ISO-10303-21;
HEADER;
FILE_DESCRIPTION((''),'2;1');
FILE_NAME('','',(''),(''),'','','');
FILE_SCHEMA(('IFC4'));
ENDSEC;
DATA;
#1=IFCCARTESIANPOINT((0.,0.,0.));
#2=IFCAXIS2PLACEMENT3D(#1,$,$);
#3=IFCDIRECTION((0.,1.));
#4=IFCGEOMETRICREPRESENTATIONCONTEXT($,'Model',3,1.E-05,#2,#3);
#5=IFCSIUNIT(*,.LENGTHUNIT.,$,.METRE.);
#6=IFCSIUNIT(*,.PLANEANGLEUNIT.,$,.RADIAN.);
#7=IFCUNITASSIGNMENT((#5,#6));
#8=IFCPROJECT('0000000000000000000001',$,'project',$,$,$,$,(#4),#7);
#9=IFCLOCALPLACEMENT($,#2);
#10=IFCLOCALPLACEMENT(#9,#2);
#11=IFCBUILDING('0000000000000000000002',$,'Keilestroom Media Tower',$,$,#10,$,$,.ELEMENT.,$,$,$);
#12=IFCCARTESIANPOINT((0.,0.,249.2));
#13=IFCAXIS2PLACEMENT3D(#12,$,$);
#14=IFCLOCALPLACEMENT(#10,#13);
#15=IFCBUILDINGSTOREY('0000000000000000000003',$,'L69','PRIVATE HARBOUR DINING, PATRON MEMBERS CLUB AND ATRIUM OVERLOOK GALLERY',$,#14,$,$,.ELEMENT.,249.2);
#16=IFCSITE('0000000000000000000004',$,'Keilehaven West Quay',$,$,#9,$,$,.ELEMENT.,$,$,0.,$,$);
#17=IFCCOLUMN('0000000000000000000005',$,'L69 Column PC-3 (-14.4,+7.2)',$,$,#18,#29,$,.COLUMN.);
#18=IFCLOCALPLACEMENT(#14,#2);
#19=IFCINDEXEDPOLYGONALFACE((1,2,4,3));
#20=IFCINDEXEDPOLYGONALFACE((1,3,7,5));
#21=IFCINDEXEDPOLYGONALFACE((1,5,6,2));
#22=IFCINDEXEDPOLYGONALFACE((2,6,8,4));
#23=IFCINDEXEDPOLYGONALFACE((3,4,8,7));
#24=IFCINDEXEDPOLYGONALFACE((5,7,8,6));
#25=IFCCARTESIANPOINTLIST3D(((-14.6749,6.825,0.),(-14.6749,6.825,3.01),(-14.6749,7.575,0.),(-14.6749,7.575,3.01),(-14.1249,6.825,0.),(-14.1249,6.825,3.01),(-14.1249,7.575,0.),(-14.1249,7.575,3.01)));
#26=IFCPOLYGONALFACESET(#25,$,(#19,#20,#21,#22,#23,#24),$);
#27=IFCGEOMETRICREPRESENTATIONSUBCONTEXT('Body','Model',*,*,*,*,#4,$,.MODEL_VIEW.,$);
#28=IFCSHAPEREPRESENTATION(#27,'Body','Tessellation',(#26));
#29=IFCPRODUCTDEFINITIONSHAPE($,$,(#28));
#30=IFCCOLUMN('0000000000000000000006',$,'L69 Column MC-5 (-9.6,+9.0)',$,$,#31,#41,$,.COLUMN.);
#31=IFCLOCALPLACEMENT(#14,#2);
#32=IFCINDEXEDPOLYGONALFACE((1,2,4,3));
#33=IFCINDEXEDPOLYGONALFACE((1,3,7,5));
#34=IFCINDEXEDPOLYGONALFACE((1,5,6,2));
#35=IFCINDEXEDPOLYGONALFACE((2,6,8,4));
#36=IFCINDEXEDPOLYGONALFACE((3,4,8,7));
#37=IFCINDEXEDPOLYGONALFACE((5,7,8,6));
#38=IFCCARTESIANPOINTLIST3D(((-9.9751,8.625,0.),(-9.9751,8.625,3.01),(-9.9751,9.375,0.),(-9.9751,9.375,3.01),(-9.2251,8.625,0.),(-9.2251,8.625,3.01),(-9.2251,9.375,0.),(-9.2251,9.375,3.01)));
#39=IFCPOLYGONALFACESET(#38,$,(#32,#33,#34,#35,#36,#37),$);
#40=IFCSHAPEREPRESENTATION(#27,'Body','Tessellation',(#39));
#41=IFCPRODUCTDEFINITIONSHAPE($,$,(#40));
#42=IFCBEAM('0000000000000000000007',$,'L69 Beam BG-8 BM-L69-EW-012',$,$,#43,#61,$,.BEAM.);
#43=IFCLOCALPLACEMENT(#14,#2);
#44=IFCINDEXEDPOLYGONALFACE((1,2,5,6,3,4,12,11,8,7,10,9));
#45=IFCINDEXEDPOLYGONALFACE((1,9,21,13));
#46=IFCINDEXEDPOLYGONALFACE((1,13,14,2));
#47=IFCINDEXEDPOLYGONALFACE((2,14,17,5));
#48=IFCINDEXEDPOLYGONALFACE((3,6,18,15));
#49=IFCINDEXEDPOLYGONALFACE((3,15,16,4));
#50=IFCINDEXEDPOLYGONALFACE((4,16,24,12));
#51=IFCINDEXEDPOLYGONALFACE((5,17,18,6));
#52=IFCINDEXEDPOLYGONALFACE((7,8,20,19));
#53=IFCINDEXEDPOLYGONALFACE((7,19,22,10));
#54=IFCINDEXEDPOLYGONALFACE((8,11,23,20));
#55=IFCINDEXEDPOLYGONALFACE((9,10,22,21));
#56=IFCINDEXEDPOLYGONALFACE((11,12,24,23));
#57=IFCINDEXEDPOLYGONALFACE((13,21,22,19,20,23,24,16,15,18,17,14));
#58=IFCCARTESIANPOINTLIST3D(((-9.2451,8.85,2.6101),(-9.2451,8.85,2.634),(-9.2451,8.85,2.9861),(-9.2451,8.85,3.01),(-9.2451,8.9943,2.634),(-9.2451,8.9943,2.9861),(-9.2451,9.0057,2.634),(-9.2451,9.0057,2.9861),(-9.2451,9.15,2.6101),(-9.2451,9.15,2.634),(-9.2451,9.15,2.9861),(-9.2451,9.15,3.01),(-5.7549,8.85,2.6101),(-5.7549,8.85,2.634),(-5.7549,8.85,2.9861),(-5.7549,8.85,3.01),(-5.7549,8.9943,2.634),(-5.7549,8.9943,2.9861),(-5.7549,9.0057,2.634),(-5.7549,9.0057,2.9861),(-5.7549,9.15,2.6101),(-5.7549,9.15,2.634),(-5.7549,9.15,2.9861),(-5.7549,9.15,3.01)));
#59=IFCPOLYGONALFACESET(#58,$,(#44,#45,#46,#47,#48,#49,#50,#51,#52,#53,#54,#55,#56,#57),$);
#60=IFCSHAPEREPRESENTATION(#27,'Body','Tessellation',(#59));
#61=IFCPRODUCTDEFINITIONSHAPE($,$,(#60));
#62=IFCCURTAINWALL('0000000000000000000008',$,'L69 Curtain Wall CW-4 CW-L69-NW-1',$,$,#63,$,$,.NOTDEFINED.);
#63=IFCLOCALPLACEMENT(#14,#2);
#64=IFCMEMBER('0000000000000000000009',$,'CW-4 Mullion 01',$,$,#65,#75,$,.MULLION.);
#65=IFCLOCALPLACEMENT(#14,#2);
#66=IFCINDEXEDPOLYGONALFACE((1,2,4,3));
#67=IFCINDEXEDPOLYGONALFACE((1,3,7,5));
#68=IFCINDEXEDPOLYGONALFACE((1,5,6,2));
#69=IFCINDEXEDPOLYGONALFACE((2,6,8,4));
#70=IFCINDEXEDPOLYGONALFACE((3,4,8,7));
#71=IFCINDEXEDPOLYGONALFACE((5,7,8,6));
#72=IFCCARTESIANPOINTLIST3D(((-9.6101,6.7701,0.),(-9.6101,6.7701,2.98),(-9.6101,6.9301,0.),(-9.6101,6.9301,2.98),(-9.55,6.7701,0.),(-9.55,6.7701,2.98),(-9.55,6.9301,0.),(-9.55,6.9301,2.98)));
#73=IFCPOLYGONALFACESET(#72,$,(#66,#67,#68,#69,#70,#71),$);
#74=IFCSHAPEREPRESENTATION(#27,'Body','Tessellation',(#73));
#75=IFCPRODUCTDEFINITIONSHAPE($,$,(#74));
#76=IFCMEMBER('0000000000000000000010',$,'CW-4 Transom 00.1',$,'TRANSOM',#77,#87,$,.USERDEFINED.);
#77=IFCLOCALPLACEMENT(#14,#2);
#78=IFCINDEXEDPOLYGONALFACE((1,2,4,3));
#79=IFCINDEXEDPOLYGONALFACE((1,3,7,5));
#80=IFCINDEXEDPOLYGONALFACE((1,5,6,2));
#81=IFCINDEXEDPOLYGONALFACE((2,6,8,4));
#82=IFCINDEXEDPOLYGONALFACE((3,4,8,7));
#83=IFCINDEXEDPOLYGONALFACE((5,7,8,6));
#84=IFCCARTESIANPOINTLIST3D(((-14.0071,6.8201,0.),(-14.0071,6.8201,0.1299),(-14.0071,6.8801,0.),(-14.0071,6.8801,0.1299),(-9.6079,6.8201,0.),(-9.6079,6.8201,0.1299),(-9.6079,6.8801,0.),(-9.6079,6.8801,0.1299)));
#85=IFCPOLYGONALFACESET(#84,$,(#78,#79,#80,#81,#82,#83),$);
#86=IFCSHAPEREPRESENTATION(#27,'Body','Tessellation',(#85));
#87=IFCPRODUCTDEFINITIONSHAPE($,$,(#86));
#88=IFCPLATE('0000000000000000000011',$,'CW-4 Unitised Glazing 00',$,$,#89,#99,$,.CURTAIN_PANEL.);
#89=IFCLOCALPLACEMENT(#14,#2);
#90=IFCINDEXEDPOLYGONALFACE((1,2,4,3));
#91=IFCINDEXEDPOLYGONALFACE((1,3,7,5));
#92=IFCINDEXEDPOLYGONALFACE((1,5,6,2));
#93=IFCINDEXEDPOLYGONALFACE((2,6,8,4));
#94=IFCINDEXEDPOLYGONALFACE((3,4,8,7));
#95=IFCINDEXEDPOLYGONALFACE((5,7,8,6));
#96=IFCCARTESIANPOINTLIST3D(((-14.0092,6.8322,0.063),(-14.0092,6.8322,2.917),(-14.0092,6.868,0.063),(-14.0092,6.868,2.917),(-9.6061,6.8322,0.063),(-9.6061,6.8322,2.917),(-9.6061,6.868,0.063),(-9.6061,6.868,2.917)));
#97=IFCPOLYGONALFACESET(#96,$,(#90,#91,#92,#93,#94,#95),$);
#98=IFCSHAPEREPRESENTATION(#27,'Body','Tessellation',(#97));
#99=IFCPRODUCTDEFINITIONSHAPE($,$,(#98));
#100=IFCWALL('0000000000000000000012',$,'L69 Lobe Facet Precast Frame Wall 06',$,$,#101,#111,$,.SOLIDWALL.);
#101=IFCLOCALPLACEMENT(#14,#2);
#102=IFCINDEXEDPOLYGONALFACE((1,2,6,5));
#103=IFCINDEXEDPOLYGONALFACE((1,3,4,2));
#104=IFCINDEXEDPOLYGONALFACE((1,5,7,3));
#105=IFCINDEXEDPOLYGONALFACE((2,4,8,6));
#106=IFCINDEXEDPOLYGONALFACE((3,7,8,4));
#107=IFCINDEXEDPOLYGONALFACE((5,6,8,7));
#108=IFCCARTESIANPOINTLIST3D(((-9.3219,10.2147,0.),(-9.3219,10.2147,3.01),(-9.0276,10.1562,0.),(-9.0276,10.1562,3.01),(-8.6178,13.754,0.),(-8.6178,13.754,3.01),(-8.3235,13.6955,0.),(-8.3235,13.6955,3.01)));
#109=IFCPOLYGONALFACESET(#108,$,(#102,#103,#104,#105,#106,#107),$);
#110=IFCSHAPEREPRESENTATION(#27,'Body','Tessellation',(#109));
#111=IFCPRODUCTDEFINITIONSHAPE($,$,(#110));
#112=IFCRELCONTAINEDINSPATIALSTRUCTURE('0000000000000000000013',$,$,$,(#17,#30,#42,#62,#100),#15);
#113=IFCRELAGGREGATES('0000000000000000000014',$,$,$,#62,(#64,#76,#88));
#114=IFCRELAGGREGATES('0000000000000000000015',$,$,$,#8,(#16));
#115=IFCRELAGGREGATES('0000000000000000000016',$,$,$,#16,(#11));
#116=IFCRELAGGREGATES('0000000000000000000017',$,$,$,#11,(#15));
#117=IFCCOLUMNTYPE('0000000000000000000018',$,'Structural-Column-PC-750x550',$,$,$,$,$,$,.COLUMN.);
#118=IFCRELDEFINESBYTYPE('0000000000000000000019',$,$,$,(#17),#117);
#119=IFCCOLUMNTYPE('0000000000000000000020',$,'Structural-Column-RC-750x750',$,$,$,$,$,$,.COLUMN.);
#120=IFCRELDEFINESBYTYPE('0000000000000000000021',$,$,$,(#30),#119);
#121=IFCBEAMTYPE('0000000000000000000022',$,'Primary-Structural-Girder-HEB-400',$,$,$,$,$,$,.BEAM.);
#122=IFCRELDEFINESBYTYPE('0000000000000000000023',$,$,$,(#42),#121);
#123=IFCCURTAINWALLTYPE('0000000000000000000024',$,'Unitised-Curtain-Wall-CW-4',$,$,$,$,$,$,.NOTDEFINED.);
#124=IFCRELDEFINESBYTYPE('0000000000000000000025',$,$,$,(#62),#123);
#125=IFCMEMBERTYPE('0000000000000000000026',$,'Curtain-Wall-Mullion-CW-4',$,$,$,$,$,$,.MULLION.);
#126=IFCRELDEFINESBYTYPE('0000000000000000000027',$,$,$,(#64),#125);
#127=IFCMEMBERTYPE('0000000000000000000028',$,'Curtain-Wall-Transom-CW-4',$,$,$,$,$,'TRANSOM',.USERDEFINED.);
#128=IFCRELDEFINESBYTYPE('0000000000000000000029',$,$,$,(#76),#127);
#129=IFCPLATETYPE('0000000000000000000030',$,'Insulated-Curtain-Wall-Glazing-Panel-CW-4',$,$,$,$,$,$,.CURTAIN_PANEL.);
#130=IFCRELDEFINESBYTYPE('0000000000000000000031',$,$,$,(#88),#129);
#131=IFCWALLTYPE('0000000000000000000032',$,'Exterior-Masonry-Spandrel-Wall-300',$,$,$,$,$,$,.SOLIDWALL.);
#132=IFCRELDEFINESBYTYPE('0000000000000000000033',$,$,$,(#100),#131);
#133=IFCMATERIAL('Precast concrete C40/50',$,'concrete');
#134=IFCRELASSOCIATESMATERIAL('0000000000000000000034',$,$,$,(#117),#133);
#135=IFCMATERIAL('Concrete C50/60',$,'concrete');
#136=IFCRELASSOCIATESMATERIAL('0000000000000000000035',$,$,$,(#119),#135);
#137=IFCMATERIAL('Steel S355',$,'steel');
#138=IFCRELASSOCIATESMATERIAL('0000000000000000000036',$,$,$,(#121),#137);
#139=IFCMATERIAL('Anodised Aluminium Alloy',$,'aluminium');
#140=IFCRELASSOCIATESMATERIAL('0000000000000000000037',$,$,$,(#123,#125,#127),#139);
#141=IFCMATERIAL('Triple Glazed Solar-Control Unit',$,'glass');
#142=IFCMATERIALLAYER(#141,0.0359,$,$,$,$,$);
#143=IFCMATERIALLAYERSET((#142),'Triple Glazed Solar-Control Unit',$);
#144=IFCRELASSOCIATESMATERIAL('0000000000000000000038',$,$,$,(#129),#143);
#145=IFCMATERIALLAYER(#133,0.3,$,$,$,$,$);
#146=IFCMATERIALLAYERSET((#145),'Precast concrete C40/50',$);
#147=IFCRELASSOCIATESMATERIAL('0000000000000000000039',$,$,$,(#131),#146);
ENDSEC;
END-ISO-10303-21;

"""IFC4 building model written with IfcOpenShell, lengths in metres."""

from ifc_helpers import new_model, si_unit, direction, frame, frame_2d, origin, origin_2d, place, context, subcontext, project, spatial, rectangle, i_section, extrude, source, transform, mapped, material, layer, layer_set, material_profile, profile_set, type_object, element, aggregate, save


model = new_model("IFC4")

# Units and contexts
model_context = context("Model", 3, precision=1e-05, world=origin(), true_north=direction((0.0, 1.0)))
body_context = subcontext(model_context, "Body", "Model", "MODEL_VIEW")
ifc_project = project(units=[si_unit("LENGTHUNIT", "METRE"), si_unit("PLANEANGLEUNIT", "RADIAN")], contexts=[model_context])

# Site, building, storey
site_placement = place(None, origin())
site = spatial("IfcSite", under=ifc_project, at=site_placement, Name="Keilehaven West Quay", CompositionType="ELEMENT", RefElevation=0.0)
building_placement = place(site_placement, origin())
building = spatial("IfcBuilding", under=site, at=building_placement, Name="Keilestroom Media Tower", CompositionType="ELEMENT")
storey_placement = place(building_placement, frame((0.0, 0.0, 249.2)))
storey = spatial("IfcBuildingStorey", under=building, at=storey_placement, Name="L69", Description="PRIVATE HARBOUR DINING, PATRON MEMBERS CLUB AND ATRIUM OVERLOOK GALLERY", CompositionType="ELEMENT", Elevation=249.2)

# Columns
ifc_material_1 = material(Name="Precast concrete C40/50", Category="concrete")
ifc_material_profile_1 = material_profile(ifc_material_1, rectangle(XDim=0.55, YDim=0.75, at=origin_2d()), Name="PC 750x550")
ifc_profile_set_1 = profile_set([ifc_material_profile_1], Name="Precast concrete C40/50")
column_type_1 = type_object("IfcColumnType", Name="Structural-Column-PC-750x550", PredefinedType="COLUMN", material=ifc_profile_set_1)
shared_shape_1 = source(origin(), body_context, "Body", "SweptSolid", [
    extrude(rectangle(XDim=0.55, YDim=0.75, at=origin_2d()), origin(), (0.0, 0.0, 1.0), 3.01),
])
column_1_placement = place(storey_placement, frame((-14.3999, 7.2, 0.0), z_axis=(0.0, 0.0, 1.0), x_axis=(1.0, 0.0, 0.0)))
element("IfcColumn", 1, at=column_1_placement, inside=storey, type_object=column_type_1, Name="L69 Column PC-3 (-14.4,+7.2)", PredefinedType="COLUMN", context=body_context, shape_type="MappedRepresentation", body=[
    mapped(shared_shape_1, transform((0.0, 0.0, 0.0), x_axis=(1.0, 0.0, 0.0), y_axis=(0.0, 1.0, 0.0), z_axis=(0.0, 0.0, 1.0), scale=1.0)),
])
ifc_material_2 = material(Name="Concrete C50/60", Category="concrete")
ifc_material_profile_2 = material_profile(ifc_material_2, rectangle(XDim=0.75, YDim=0.75, at=origin_2d()), Name="RC 750x750")
ifc_profile_set_2 = profile_set([ifc_material_profile_2], Name="Concrete C50/60")
column_type_2 = type_object("IfcColumnType", Name="Structural-Column-RC-750x750", PredefinedType="COLUMN", material=ifc_profile_set_2)
shared_shape_2 = source(origin(), body_context, "Body", "SweptSolid", [
    extrude(rectangle(XDim=0.75, YDim=0.75, at=origin_2d()), origin(), (0.0, 0.0, 1.0), 3.01),
])
column_2_placement = place(storey_placement, frame((-9.6001, 9.0, 0.0), z_axis=(0.0, 0.0, 1.0), x_axis=(1.0, 0.0, 0.0)))
element("IfcColumn", 2, at=column_2_placement, inside=storey, type_object=column_type_2, Name="L69 Column MC-5 (-9.6,+9.0)", PredefinedType="COLUMN", context=body_context, shape_type="MappedRepresentation", body=[
    mapped(shared_shape_2, transform((0.0, 0.0, 0.0), x_axis=(1.0, 0.0, 0.0), y_axis=(0.0, 1.0, 0.0), z_axis=(0.0, 0.0, 1.0), scale=1.0)),
])

# Beam
ifc_material_3 = material(Name="Steel S355", Category="steel")
ifc_material_profile_3 = material_profile(ifc_material_3, i_section(OverallWidth=0.3, OverallDepth=0.3999, WebThickness=0.0115, FlangeThickness=0.0239, at=origin_2d()), Name="HEB 400")
ifc_profile_set_3 = profile_set([ifc_material_profile_3], Name="Steel S355")
beam_type = type_object("IfcBeamType", Name="Primary-Structural-Girder-HEB-400", PredefinedType="BEAM", material=ifc_profile_set_3)
shared_shape_3 = source(origin(), body_context, "Body", "SweptSolid", [
    extrude(i_section(OverallWidth=0.3, OverallDepth=0.3999, WebThickness=0.0115, FlangeThickness=0.0239, at=origin_2d()), origin(), (0.0, 0.0, 1.0), 3.4902),
])
beam_placement = place(storey_placement, frame((-9.2451, 9.0, 2.8101), z_axis=(1.0, 0.0, 0.0), x_axis=(0.0, 1.0, 0.0)))
element("IfcBeam", 3, at=beam_placement, inside=storey, type_object=beam_type, Name="L69 Beam BG-8 BM-L69-EW-012", PredefinedType="BEAM", context=body_context, shape_type="MappedRepresentation", body=[
    mapped(shared_shape_3, transform((0.0, 0.0, 0.0), x_axis=(1.0, 0.0, 0.0), y_axis=(0.0, 1.0, 0.0), z_axis=(0.0, 0.0, 1.0), scale=1.0)),
])

# Curtain wall, members, plate
ifc_material_4 = material(Name="Anodised Aluminium Alloy", Category="aluminium")
curtain_wall_type = type_object("IfcCurtainWallType", Name="Unitised-Curtain-Wall-CW-4", PredefinedType="NOTDEFINED", material=ifc_material_4)
curtain_wall_placement = place(storey_placement, origin())
curtain_wall = element("IfcCurtainWall", 4, at=curtain_wall_placement, inside=storey, type_object=curtain_wall_type, Name="L69 Curtain Wall CW-4 CW-L69-NW-1", PredefinedType="NOTDEFINED")
ifc_material_profile_4 = material_profile(ifc_material_4, rectangle(XDim=0.0601, YDim=0.1599, at=origin_2d()), Name="ALU MULLION 60x160")
ifc_profile_set_4 = profile_set([ifc_material_profile_4], Name="Anodised Aluminium Alloy")
member_type_1 = type_object("IfcMemberType", Name="Curtain-Wall-Mullion-CW-4", PredefinedType="MULLION", material=ifc_profile_set_4)
shared_shape_4 = source(origin(), body_context, "Body", "SweptSolid", [
    extrude(rectangle(XDim=0.0601, YDim=0.1599, at=origin_2d()), origin(), (0.0, 0.0, 1.0), 2.98),
])
member_1_placement = place(storey_placement, frame((-9.5801, 6.8501, 0.0), z_axis=(0.0, 0.0, 1.0), x_axis=(1.0, 0.0, 0.0)))
member_1 = element("IfcMember", 5, at=member_1_placement, type_object=member_type_1, Name="CW-4 Mullion 01", PredefinedType="MULLION", context=body_context, shape_type="MappedRepresentation", body=[
    mapped(shared_shape_4, transform((0.0, 0.0, 0.0), x_axis=(1.0, 0.0, 0.0), y_axis=(0.0, 1.0, 0.0), z_axis=(0.0, 0.0, 1.0), scale=1.0)),
])
ifc_material_profile_5 = material_profile(ifc_material_4, rectangle(XDim=0.0601, YDim=0.1299, at=origin_2d()), Name="ALU TRANSOM 60x130")
ifc_profile_set_5 = profile_set([ifc_material_profile_5], Name="Anodised Aluminium Alloy")
member_type_2 = type_object("IfcMemberType", Name="Curtain-Wall-Transom-CW-4", ElementType="TRANSOM", PredefinedType="USERDEFINED", material=ifc_profile_set_5)
shared_shape_5 = source(origin(), body_context, "Body", "SweptSolid", [
    extrude(rectangle(XDim=0.0601, YDim=0.1299, at=origin_2d()), origin(), (0.0, 0.0, 1.0), 4.3992),
])
member_2_placement = place(storey_placement, frame((-14.0071, 6.8501, 0.0649), z_axis=(1.0, 0.0, 0.0), x_axis=(0.0, 1.0, 0.0)))
member_2 = element("IfcMember", 6, at=member_2_placement, type_object=member_type_2, Name="CW-4 Transom 00.1", ObjectType="TRANSOM", PredefinedType="USERDEFINED", context=body_context, shape_type="MappedRepresentation", body=[
    mapped(shared_shape_5, transform((0.0, 0.0, 0.0), x_axis=(1.0, 0.0, 0.0), y_axis=(0.0, 1.0, 0.0), z_axis=(0.0, 0.0, 1.0), scale=1.0)),
])
ifc_material_5 = material(Name="Triple Glazed Solar-Control Unit", Category="glass")
ifc_layer_1 = layer(ifc_material_5, 0.0359)
ifc_layer_set_1 = layer_set([ifc_layer_1], Name="Triple Glazed Solar-Control Unit")
plate_type = type_object("IfcPlateType", Name="Insulated-Curtain-Wall-Glazing-Panel-CW-4", PredefinedType="CURTAIN_PANEL", material=ifc_layer_set_1)
shared_shape_6 = source(origin(), body_context, "Body", "SweptSolid", [
    extrude(rectangle(XDim=4.4031, YDim=0.0359, at=origin_2d()), origin(), (0.0, 0.0, 1.0), 2.854),
])
plate_placement = place(storey_placement, frame((-11.8076, 6.8501, 0.063), z_axis=(0.0, 0.0, 1.0), x_axis=(1.0, 0.0, 0.0)))
plate = element("IfcPlate", 7, at=plate_placement, type_object=plate_type, Name="CW-4 Unitised Glazing 00", PredefinedType="CURTAIN_PANEL", context=body_context, shape_type="MappedRepresentation", body=[
    mapped(shared_shape_6, transform((0.0, 0.0, 0.0), x_axis=(1.0, 0.0, 0.0), y_axis=(0.0, 1.0, 0.0), z_axis=(0.0, 0.0, 1.0), scale=1.0)),
])
aggregate(curtain_wall, [member_1, member_2, plate])

# Wall
ifc_layer_2 = layer(ifc_material_1, 0.3)
ifc_layer_set_2 = layer_set([ifc_layer_2], Name="Precast concrete C40/50")
wall_type_1 = type_object("IfcWallType", Name="Exterior-Masonry-Spandrel-Wall-300", PredefinedType="SOLIDWALL", material=ifc_layer_set_2)
wall_1_placement = place(storey_placement, frame((-8.4707, 13.7246, 0.0), z_axis=(0.0, 0.0, 1.0), x_axis=(-0.195114, -0.980781, 0.0)))
element("IfcWall", 8, at=wall_1_placement, inside=storey, type_object=wall_type_1, Name="L69 Lobe Facet Precast Frame Wall 06", PredefinedType="SOLIDWALL", context=body_context, shape_type="SweptSolid", body=[
    extrude(rectangle(XDim=3.6086, YDim=0.3, at=frame_2d((1.8042, 0.0))), origin(), (0.0, 0.0, 1.0), 3.01),
])

save(model, "model.ifc")
